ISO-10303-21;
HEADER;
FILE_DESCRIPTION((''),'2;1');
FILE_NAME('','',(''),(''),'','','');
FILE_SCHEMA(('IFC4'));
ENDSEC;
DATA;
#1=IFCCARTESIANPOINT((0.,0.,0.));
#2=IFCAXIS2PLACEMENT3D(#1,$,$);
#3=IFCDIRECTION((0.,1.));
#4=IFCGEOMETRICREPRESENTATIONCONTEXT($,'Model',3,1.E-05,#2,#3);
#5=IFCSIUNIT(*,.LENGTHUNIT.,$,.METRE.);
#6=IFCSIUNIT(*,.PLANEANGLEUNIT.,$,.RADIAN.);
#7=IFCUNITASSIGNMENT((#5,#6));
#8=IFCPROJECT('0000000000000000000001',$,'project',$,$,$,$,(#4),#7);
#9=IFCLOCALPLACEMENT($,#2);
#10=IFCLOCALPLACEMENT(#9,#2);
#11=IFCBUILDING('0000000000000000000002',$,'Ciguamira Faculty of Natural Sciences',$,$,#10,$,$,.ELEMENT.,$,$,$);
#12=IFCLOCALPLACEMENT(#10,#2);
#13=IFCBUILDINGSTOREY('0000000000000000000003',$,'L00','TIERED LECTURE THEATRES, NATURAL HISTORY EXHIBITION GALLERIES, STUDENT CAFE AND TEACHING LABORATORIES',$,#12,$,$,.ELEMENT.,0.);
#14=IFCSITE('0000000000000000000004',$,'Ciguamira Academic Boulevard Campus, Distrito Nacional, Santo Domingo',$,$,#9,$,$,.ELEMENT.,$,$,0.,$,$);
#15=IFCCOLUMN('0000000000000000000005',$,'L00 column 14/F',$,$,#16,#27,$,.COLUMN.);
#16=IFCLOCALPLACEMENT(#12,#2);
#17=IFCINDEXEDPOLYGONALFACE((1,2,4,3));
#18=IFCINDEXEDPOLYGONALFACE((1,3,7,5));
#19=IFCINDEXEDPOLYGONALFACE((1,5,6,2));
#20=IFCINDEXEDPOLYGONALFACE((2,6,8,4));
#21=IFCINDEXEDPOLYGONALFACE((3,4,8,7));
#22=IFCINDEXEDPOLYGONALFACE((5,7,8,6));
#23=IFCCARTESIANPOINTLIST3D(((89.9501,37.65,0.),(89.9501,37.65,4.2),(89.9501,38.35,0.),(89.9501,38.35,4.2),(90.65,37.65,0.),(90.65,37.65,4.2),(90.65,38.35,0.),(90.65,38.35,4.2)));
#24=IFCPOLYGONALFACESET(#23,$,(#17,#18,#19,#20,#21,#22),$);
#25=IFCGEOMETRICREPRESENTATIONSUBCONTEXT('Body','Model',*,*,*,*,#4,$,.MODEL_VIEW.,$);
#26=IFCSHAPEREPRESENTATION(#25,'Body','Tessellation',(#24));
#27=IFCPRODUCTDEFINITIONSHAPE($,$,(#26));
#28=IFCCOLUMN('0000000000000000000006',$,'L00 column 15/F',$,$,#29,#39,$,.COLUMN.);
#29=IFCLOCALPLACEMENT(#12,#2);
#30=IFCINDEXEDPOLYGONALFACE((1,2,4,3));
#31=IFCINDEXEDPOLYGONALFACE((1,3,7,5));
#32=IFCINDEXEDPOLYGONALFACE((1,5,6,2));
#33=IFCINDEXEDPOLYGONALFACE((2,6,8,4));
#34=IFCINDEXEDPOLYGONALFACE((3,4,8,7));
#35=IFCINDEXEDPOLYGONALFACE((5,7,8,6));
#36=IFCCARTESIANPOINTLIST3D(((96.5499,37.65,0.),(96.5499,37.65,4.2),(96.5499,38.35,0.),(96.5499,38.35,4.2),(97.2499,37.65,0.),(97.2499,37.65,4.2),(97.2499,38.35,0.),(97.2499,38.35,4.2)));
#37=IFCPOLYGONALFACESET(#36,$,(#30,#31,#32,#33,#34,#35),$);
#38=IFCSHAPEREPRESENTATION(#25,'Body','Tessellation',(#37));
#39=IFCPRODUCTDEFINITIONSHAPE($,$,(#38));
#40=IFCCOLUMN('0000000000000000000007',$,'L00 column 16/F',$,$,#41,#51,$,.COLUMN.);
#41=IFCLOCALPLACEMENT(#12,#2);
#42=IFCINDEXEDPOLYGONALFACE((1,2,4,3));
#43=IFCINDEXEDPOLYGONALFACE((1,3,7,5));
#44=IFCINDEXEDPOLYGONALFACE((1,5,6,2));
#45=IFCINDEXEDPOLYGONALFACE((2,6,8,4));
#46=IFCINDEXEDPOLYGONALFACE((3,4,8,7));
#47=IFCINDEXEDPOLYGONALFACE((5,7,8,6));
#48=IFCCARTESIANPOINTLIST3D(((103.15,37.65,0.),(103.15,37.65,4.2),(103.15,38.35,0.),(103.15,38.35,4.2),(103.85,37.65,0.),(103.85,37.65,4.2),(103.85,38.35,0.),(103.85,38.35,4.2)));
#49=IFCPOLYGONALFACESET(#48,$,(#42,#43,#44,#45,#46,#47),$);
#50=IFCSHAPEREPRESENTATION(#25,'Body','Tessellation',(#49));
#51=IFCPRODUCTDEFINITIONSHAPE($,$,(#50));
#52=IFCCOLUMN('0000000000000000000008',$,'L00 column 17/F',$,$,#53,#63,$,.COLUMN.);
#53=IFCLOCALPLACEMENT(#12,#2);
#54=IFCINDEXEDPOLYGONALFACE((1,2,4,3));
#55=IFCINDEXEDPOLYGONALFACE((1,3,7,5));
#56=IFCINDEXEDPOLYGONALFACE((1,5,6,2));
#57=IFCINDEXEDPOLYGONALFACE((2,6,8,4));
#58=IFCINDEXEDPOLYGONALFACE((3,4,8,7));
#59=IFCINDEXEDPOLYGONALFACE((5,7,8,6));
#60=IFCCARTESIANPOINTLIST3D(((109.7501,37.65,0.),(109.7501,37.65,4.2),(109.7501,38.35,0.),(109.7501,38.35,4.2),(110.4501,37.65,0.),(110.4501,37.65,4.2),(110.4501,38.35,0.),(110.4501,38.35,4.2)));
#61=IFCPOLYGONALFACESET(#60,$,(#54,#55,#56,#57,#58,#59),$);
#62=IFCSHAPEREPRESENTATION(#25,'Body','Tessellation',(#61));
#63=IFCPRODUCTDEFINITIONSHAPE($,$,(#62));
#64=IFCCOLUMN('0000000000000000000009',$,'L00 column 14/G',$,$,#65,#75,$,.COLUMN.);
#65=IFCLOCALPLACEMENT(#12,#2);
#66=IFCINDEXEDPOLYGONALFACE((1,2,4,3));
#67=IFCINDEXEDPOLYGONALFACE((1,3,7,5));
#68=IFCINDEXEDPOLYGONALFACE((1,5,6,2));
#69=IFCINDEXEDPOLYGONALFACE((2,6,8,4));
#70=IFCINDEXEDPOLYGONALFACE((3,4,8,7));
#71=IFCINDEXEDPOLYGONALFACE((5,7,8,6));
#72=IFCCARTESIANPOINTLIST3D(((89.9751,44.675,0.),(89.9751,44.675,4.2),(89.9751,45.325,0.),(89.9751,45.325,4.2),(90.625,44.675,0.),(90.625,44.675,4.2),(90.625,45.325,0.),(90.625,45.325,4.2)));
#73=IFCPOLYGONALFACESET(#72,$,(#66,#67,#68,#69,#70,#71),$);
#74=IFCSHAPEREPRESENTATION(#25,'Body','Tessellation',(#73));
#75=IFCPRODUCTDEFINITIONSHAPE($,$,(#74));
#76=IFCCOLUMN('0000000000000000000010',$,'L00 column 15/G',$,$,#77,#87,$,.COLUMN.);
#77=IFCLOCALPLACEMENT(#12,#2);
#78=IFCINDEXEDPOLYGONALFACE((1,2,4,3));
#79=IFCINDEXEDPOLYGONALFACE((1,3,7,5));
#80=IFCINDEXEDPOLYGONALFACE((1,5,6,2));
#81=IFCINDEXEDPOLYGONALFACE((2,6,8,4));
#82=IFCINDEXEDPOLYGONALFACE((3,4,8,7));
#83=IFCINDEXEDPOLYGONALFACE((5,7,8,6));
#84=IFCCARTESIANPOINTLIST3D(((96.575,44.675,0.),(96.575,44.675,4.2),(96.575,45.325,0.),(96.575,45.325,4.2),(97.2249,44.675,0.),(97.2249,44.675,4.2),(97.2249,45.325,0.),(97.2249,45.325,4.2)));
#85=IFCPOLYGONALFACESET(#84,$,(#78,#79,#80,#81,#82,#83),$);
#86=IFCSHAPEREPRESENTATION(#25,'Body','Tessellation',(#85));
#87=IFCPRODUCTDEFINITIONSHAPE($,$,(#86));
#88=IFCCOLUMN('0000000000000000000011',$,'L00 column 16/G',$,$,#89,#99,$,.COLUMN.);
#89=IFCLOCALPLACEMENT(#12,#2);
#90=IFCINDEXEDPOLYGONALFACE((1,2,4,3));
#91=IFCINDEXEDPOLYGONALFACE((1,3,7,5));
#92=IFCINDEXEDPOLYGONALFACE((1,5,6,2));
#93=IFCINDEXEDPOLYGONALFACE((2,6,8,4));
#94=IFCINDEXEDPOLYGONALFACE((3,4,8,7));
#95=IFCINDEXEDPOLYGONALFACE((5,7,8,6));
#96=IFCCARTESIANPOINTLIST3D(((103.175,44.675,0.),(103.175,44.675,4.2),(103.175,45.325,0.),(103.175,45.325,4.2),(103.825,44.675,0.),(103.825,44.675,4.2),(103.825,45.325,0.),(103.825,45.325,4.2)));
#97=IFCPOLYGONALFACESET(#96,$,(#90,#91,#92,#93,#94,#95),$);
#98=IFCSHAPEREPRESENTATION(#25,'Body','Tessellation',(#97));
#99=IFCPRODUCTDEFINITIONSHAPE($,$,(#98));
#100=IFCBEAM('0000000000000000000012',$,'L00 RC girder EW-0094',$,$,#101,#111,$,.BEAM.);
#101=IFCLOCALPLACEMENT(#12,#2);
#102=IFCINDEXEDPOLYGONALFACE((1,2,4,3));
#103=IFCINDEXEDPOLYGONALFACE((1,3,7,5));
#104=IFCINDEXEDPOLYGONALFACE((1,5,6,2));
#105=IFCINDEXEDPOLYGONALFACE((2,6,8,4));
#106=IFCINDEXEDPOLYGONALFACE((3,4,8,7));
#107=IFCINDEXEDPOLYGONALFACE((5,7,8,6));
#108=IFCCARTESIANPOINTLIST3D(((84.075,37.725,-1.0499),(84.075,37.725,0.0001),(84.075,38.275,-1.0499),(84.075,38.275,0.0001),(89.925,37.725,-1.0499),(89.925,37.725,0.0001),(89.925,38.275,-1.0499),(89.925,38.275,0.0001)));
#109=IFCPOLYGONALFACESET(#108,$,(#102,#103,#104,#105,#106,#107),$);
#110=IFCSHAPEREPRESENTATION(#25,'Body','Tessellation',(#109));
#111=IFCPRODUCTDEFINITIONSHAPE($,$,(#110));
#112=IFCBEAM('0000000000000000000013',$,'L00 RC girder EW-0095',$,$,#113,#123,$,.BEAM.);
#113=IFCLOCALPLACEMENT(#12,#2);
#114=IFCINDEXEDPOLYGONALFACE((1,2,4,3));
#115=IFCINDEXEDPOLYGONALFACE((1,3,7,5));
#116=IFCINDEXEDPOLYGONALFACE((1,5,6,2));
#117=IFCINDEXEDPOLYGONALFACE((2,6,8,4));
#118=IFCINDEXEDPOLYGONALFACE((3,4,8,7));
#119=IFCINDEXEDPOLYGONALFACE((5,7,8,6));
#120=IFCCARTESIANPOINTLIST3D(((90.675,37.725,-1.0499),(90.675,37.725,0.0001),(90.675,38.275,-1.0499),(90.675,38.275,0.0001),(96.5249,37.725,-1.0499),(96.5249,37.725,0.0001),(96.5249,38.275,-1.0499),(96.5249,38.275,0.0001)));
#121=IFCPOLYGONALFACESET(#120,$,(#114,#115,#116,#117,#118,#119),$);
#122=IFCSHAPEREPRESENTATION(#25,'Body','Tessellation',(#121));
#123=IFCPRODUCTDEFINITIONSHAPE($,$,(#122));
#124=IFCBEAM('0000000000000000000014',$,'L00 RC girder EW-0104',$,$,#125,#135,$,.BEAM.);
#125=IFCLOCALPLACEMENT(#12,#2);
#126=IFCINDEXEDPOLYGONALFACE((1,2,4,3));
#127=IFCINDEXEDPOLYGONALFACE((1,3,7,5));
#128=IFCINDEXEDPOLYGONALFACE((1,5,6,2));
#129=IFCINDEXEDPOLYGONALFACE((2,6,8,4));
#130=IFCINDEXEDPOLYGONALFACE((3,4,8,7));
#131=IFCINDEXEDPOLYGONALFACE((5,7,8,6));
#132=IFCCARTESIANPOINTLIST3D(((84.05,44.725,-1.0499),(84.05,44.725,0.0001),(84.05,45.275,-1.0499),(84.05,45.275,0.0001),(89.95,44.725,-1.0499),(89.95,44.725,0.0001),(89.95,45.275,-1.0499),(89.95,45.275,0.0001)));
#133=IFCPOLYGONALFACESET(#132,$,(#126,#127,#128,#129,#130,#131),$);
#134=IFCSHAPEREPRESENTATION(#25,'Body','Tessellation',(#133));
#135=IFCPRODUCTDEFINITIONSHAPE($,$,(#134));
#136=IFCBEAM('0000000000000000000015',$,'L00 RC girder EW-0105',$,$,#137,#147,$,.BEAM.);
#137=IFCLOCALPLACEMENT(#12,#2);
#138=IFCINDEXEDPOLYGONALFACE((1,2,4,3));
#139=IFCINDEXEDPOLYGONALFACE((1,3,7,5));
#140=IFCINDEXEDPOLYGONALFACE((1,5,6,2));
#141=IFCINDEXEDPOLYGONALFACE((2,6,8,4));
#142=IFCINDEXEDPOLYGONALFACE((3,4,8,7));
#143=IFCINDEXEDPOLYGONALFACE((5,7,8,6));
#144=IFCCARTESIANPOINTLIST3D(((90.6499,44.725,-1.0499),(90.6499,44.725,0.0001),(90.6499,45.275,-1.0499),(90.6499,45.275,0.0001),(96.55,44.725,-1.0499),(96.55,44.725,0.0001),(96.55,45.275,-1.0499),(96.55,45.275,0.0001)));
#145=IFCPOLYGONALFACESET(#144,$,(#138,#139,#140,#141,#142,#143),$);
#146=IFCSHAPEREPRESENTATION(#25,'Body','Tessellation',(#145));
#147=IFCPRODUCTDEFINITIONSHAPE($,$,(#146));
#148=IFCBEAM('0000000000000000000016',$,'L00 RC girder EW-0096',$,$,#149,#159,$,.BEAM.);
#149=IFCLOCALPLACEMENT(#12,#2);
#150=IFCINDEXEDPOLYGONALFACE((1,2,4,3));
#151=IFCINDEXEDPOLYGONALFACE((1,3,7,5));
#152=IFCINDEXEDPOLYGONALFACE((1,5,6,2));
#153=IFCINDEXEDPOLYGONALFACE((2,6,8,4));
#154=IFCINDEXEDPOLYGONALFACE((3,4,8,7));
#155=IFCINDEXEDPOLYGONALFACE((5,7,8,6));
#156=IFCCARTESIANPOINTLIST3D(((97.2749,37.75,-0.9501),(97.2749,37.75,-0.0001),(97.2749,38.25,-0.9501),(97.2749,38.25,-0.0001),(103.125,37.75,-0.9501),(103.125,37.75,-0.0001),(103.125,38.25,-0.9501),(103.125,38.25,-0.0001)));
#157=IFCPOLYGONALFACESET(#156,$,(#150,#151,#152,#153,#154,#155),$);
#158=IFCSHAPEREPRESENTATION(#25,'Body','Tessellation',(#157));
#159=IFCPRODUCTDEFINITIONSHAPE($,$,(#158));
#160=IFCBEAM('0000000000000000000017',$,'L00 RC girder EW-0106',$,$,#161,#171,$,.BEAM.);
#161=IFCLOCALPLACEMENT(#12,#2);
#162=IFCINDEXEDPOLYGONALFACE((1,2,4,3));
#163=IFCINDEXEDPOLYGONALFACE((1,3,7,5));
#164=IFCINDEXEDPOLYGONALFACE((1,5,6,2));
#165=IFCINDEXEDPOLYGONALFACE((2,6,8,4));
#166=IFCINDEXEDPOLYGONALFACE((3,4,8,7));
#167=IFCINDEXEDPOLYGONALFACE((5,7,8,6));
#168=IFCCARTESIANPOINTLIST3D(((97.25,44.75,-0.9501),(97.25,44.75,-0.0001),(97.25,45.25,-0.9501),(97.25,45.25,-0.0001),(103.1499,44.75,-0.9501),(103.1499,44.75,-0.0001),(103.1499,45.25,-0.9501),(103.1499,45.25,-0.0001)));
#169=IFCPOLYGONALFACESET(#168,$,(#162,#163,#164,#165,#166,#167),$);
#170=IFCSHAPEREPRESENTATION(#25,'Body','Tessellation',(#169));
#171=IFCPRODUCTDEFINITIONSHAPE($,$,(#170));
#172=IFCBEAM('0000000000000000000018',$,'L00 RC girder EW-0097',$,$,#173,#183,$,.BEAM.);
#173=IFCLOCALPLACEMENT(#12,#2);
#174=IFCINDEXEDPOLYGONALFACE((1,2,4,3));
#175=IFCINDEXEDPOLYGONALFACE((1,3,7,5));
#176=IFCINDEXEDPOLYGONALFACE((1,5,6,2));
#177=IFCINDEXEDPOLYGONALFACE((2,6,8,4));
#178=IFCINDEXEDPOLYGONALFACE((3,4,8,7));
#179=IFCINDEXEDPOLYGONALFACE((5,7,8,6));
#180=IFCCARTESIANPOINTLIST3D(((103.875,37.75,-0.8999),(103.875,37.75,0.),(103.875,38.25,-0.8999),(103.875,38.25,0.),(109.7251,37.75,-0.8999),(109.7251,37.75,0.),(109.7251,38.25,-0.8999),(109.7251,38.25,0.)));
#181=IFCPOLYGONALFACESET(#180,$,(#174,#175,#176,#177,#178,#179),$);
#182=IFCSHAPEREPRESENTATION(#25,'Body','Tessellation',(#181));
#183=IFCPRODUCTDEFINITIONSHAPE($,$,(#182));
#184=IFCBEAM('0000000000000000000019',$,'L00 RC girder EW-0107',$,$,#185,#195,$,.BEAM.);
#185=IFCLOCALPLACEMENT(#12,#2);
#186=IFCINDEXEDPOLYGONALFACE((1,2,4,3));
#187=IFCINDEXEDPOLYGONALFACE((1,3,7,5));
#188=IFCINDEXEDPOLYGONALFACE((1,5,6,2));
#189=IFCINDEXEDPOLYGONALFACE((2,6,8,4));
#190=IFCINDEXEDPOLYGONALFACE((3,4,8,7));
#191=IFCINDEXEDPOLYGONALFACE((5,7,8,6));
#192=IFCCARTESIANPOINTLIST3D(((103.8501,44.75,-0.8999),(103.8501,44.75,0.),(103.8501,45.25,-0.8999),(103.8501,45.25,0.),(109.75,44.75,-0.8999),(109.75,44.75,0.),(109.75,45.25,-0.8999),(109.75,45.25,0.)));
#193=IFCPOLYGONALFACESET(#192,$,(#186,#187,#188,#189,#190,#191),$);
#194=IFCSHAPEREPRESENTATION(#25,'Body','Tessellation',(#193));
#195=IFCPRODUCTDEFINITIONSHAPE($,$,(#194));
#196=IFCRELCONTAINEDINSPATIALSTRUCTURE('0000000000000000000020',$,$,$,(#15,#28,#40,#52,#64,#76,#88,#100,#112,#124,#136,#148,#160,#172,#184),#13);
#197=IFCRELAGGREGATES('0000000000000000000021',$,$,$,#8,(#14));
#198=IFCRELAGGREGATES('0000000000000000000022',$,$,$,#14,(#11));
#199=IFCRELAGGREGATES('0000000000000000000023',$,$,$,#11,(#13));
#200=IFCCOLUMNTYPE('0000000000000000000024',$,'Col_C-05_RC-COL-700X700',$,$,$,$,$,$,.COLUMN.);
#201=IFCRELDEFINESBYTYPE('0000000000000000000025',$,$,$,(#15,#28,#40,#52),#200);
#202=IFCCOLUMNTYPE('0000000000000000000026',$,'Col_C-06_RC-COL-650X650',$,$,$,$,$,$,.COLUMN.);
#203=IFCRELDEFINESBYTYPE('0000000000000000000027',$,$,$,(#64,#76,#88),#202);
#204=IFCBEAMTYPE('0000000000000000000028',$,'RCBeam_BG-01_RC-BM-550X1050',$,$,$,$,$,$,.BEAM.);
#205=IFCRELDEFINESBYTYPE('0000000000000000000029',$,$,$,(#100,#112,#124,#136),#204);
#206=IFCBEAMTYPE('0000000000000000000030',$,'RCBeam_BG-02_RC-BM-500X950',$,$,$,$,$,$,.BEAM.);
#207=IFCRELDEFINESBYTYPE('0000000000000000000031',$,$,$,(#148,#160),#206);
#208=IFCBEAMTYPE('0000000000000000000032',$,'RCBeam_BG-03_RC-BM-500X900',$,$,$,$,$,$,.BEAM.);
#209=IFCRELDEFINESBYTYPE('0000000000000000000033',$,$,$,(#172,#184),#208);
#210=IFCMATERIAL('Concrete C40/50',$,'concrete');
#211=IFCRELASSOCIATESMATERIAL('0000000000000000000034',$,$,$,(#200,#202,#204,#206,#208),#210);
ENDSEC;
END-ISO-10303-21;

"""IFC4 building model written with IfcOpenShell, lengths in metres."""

from ifc_helpers import new_model, si_unit, direction, frame, origin, origin_2d, place, context, subcontext, project, spatial, rectangle, extrude, material, material_profile, profile_set, type_object, element, save


model = new_model("IFC4")

# Units and contexts
model_context = context("Model", 3, precision=1e-05, world=origin(), true_north=direction((0.0, 1.0)))
body_context = subcontext(model_context, "Body", "Model", "MODEL_VIEW")
ifc_project = project(units=[si_unit("LENGTHUNIT", "METRE"), si_unit("PLANEANGLEUNIT", "RADIAN")], contexts=[model_context])

# Site, building, storey
site_placement = place(None, origin())
site = spatial("IfcSite", under=ifc_project, at=site_placement, Name="Ciguamira Academic Boulevard Campus, Distrito Nacional, Santo Domingo", CompositionType="ELEMENT", RefElevation=0.0)
building_placement = place(site_placement, origin())
building = spatial("IfcBuilding", under=site, at=building_placement, Name="Ciguamira Faculty of Natural Sciences", CompositionType="ELEMENT")
storey_placement = place(building_placement, origin())
storey = spatial("IfcBuildingStorey", under=building, at=storey_placement, Name="L00", Description="TIERED LECTURE THEATRES, NATURAL HISTORY EXHIBITION GALLERIES, STUDENT CAFE AND TEACHING LABORATORIES", CompositionType="ELEMENT", Elevation=0.0)

# Columns
ifc_material_1 = material(Name="Concrete C40/50", Category="concrete")
ifc_material_profile_1 = material_profile(ifc_material_1, rectangle(XDim=0.7, YDim=0.7, at=origin_2d()), Name="RC-COL-700X700")
ifc_profile_set_1 = profile_set([ifc_material_profile_1], Name="Concrete C40/50")
column_type_1 = type_object("IfcColumnType", Name="Col_C-05_RC-COL-700X700", PredefinedType="COLUMN", material=ifc_profile_set_1)
for number, where, z_axis, x_axis, name in (
    (1, (90.3, 38.0, 0.0), (0.0, 0.0, 1.0), (1.0, 0.0, 0.0), "L00 column 14/F"),
    (2, (96.8999, 38.0, 0.0), (0.0, 0.0, 1.0), (1.0, 0.0, 0.0), "L00 column 15/F"),
    (3, (103.5, 38.0, 0.0), (0.0, 0.0, 1.0), (1.0, 0.0, 0.0), "L00 column 16/F"),
    (4, (110.1001, 38.0, 0.0), (0.0, 0.0, 1.0), (1.0, 0.0, 0.0), "L00 column 17/F"),
):
    element("IfcColumn", number, at=place(storey_placement, frame(where, z_axis=z_axis, x_axis=x_axis)), inside=storey, type_object=column_type_1, Name=name, PredefinedType="COLUMN", context=body_context, shape_type="SweptSolid", body=[
        extrude(rectangle(XDim=0.7, YDim=0.7, at=origin_2d()), origin(), (0.0, 0.0, 1.0), 4.2),
    ])
ifc_material_profile_2 = material_profile(ifc_material_1, rectangle(XDim=0.6499, YDim=0.6499, at=origin_2d()), Name="RC-COL-650X650")
ifc_profile_set_2 = profile_set([ifc_material_profile_2], Name="Concrete C40/50")
column_type_2 = type_object("IfcColumnType", Name="Col_C-06_RC-COL-650X650", PredefinedType="COLUMN", material=ifc_profile_set_2)
for number, where, z_axis, x_axis, name in (
    (5, (90.3, 45.0, 0.0), (0.0, 0.0, 1.0), (1.0, 0.0, 0.0), "L00 column 14/G"),
    (6, (96.8999, 45.0, 0.0), (0.0, 0.0, 1.0), (1.0, 0.0, 0.0), "L00 column 15/G"),
    (7, (103.5, 45.0, 0.0), (0.0, 0.0, 1.0), (1.0, 0.0, 0.0), "L00 column 16/G"),
):
    element("IfcColumn", number, at=place(storey_placement, frame(where, z_axis=z_axis, x_axis=x_axis)), inside=storey, type_object=column_type_2, Name=name, PredefinedType="COLUMN", context=body_context, shape_type="SweptSolid", body=[
        extrude(rectangle(XDim=0.6499, YDim=0.6499, at=origin_2d()), origin(), (0.0, 0.0, 1.0), 4.2),
    ])

# Beams
ifc_material_profile_3 = material_profile(ifc_material_1, rectangle(XDim=0.55, YDim=1.05, at=origin_2d()), Name="RC-BM-550X1050")
ifc_profile_set_3 = profile_set([ifc_material_profile_3], Name="Concrete C40/50")
beam_type_1 = type_object("IfcBeamType", Name="RCBeam_BG-01_RC-BM-550X1050", PredefinedType="BEAM", material=ifc_profile_set_3)
beam_1_placement = place(storey_placement, frame((84.075, 38.0, -0.5249), z_axis=(1.0, 0.0, 0.0), x_axis=(0.0, 1.0, 0.0)))
element("IfcBeam", 8, at=beam_1_placement, inside=storey, type_object=beam_type_1, Name="L00 RC girder EW-0094", PredefinedType="BEAM", context=body_context, shape_type="SweptSolid", body=[
    extrude(rectangle(XDim=0.55, YDim=1.05, at=origin_2d()), origin(), (0.0, 0.0, 1.0), 5.8501),
])
beam_2_placement = place(storey_placement, frame((90.675, 38.0, -0.5249), z_axis=(1.0, 0.0, 0.0), x_axis=(0.0, 1.0, 0.0)))
element("IfcBeam", 9, at=beam_2_placement, inside=storey, type_object=beam_type_1, Name="L00 RC girder EW-0095", PredefinedType="BEAM", context=body_context, shape_type="SweptSolid", body=[
    extrude(rectangle(XDim=0.55, YDim=1.05, at=origin_2d()), origin(), (0.0, 0.0, 1.0), 5.8499),
])
beam_3_placement = place(storey_placement, frame((84.05, 45.0, -0.5249), z_axis=(1.0, 0.0, 0.0), x_axis=(0.0, 1.0, 0.0)))
element("IfcBeam", 10, at=beam_3_placement, inside=storey, type_object=beam_type_1, Name="L00 RC girder EW-0104", PredefinedType="BEAM", context=body_context, shape_type="SweptSolid", body=[
    extrude(rectangle(XDim=0.55, YDim=1.05, at=origin_2d()), origin(), (0.0, 0.0, 1.0), 5.8999),
])
beam_4_placement = place(storey_placement, frame((90.6499, 45.0, -0.5249), z_axis=(1.0, 0.0, 0.0), x_axis=(0.0, 1.0, 0.0)))
element("IfcBeam", 11, at=beam_4_placement, inside=storey, type_object=beam_type_1, Name="L00 RC girder EW-0105", PredefinedType="BEAM", context=body_context, shape_type="SweptSolid", body=[
    extrude(rectangle(XDim=0.55, YDim=1.05, at=origin_2d()), origin(), (0.0, 0.0, 1.0), 5.9001),
])
ifc_material_profile_4 = material_profile(ifc_material_1, rectangle(XDim=0.5, YDim=0.95, at=origin_2d()), Name="RC-BM-500X950")
ifc_profile_set_4 = profile_set([ifc_material_profile_4], Name="Concrete C40/50")
beam_type_2 = type_object("IfcBeamType", Name="RCBeam_BG-02_RC-BM-500X950", PredefinedType="BEAM", material=ifc_profile_set_4)
beam_5_placement = place(storey_placement, frame((97.2749, 38.0, -0.4751), z_axis=(1.0, 0.0, 0.0), x_axis=(0.0, 1.0, 0.0)))
element("IfcBeam", 12, at=beam_5_placement, inside=storey, type_object=beam_type_2, Name="L00 RC girder EW-0096", PredefinedType="BEAM", context=body_context, shape_type="SweptSolid", body=[
    extrude(rectangle(XDim=0.5, YDim=0.95, at=origin_2d()), origin(), (0.0, 0.0, 1.0), 5.8501),
])
beam_6_placement = place(storey_placement, frame((97.25, 45.0, -0.4751), z_axis=(1.0, 0.0, 0.0), x_axis=(0.0, 1.0, 0.0)))
element("IfcBeam", 13, at=beam_6_placement, inside=storey, type_object=beam_type_2, Name="L00 RC girder EW-0106", PredefinedType="BEAM", context=body_context, shape_type="SweptSolid", body=[
    extrude(rectangle(XDim=0.5, YDim=0.95, at=origin_2d()), origin(), (0.0, 0.0, 1.0), 5.8999),
])
ifc_material_profile_5 = material_profile(ifc_material_1, rectangle(XDim=0.5, YDim=0.8999, at=origin_2d()), Name="RC-BM-500X900")
ifc_profile_set_5 = profile_set([ifc_material_profile_5], Name="Concrete C40/50")
beam_type_3 = type_object("IfcBeamType", Name="RCBeam_BG-03_RC-BM-500X900", PredefinedType="BEAM", material=ifc_profile_set_5)
beam_7_placement = place(storey_placement, frame((103.875, 38.0, -0.45), z_axis=(1.0, 0.0, 0.0), x_axis=(0.0, 1.0, 0.0)))
element("IfcBeam", 14, at=beam_7_placement, inside=storey, type_object=beam_type_3, Name="L00 RC girder EW-0097", PredefinedType="BEAM", context=body_context, shape_type="SweptSolid", body=[
    extrude(rectangle(XDim=0.5, YDim=0.8999, at=origin_2d()), origin(), (0.0, 0.0, 1.0), 5.8501),
])
beam_8_placement = place(storey_placement, frame((103.8501, 45.0, -0.45), z_axis=(1.0, 0.0, 0.0), x_axis=(0.0, 1.0, 0.0)))
element("IfcBeam", 15, at=beam_8_placement, inside=storey, type_object=beam_type_3, Name="L00 RC girder EW-0107", PredefinedType="BEAM", context=body_context, shape_type="SweptSolid", body=[
    extrude(rectangle(XDim=0.5, YDim=0.8999, at=origin_2d()), origin(), (0.0, 0.0, 1.0), 5.8999),
])

save(model, "model.ifc")
